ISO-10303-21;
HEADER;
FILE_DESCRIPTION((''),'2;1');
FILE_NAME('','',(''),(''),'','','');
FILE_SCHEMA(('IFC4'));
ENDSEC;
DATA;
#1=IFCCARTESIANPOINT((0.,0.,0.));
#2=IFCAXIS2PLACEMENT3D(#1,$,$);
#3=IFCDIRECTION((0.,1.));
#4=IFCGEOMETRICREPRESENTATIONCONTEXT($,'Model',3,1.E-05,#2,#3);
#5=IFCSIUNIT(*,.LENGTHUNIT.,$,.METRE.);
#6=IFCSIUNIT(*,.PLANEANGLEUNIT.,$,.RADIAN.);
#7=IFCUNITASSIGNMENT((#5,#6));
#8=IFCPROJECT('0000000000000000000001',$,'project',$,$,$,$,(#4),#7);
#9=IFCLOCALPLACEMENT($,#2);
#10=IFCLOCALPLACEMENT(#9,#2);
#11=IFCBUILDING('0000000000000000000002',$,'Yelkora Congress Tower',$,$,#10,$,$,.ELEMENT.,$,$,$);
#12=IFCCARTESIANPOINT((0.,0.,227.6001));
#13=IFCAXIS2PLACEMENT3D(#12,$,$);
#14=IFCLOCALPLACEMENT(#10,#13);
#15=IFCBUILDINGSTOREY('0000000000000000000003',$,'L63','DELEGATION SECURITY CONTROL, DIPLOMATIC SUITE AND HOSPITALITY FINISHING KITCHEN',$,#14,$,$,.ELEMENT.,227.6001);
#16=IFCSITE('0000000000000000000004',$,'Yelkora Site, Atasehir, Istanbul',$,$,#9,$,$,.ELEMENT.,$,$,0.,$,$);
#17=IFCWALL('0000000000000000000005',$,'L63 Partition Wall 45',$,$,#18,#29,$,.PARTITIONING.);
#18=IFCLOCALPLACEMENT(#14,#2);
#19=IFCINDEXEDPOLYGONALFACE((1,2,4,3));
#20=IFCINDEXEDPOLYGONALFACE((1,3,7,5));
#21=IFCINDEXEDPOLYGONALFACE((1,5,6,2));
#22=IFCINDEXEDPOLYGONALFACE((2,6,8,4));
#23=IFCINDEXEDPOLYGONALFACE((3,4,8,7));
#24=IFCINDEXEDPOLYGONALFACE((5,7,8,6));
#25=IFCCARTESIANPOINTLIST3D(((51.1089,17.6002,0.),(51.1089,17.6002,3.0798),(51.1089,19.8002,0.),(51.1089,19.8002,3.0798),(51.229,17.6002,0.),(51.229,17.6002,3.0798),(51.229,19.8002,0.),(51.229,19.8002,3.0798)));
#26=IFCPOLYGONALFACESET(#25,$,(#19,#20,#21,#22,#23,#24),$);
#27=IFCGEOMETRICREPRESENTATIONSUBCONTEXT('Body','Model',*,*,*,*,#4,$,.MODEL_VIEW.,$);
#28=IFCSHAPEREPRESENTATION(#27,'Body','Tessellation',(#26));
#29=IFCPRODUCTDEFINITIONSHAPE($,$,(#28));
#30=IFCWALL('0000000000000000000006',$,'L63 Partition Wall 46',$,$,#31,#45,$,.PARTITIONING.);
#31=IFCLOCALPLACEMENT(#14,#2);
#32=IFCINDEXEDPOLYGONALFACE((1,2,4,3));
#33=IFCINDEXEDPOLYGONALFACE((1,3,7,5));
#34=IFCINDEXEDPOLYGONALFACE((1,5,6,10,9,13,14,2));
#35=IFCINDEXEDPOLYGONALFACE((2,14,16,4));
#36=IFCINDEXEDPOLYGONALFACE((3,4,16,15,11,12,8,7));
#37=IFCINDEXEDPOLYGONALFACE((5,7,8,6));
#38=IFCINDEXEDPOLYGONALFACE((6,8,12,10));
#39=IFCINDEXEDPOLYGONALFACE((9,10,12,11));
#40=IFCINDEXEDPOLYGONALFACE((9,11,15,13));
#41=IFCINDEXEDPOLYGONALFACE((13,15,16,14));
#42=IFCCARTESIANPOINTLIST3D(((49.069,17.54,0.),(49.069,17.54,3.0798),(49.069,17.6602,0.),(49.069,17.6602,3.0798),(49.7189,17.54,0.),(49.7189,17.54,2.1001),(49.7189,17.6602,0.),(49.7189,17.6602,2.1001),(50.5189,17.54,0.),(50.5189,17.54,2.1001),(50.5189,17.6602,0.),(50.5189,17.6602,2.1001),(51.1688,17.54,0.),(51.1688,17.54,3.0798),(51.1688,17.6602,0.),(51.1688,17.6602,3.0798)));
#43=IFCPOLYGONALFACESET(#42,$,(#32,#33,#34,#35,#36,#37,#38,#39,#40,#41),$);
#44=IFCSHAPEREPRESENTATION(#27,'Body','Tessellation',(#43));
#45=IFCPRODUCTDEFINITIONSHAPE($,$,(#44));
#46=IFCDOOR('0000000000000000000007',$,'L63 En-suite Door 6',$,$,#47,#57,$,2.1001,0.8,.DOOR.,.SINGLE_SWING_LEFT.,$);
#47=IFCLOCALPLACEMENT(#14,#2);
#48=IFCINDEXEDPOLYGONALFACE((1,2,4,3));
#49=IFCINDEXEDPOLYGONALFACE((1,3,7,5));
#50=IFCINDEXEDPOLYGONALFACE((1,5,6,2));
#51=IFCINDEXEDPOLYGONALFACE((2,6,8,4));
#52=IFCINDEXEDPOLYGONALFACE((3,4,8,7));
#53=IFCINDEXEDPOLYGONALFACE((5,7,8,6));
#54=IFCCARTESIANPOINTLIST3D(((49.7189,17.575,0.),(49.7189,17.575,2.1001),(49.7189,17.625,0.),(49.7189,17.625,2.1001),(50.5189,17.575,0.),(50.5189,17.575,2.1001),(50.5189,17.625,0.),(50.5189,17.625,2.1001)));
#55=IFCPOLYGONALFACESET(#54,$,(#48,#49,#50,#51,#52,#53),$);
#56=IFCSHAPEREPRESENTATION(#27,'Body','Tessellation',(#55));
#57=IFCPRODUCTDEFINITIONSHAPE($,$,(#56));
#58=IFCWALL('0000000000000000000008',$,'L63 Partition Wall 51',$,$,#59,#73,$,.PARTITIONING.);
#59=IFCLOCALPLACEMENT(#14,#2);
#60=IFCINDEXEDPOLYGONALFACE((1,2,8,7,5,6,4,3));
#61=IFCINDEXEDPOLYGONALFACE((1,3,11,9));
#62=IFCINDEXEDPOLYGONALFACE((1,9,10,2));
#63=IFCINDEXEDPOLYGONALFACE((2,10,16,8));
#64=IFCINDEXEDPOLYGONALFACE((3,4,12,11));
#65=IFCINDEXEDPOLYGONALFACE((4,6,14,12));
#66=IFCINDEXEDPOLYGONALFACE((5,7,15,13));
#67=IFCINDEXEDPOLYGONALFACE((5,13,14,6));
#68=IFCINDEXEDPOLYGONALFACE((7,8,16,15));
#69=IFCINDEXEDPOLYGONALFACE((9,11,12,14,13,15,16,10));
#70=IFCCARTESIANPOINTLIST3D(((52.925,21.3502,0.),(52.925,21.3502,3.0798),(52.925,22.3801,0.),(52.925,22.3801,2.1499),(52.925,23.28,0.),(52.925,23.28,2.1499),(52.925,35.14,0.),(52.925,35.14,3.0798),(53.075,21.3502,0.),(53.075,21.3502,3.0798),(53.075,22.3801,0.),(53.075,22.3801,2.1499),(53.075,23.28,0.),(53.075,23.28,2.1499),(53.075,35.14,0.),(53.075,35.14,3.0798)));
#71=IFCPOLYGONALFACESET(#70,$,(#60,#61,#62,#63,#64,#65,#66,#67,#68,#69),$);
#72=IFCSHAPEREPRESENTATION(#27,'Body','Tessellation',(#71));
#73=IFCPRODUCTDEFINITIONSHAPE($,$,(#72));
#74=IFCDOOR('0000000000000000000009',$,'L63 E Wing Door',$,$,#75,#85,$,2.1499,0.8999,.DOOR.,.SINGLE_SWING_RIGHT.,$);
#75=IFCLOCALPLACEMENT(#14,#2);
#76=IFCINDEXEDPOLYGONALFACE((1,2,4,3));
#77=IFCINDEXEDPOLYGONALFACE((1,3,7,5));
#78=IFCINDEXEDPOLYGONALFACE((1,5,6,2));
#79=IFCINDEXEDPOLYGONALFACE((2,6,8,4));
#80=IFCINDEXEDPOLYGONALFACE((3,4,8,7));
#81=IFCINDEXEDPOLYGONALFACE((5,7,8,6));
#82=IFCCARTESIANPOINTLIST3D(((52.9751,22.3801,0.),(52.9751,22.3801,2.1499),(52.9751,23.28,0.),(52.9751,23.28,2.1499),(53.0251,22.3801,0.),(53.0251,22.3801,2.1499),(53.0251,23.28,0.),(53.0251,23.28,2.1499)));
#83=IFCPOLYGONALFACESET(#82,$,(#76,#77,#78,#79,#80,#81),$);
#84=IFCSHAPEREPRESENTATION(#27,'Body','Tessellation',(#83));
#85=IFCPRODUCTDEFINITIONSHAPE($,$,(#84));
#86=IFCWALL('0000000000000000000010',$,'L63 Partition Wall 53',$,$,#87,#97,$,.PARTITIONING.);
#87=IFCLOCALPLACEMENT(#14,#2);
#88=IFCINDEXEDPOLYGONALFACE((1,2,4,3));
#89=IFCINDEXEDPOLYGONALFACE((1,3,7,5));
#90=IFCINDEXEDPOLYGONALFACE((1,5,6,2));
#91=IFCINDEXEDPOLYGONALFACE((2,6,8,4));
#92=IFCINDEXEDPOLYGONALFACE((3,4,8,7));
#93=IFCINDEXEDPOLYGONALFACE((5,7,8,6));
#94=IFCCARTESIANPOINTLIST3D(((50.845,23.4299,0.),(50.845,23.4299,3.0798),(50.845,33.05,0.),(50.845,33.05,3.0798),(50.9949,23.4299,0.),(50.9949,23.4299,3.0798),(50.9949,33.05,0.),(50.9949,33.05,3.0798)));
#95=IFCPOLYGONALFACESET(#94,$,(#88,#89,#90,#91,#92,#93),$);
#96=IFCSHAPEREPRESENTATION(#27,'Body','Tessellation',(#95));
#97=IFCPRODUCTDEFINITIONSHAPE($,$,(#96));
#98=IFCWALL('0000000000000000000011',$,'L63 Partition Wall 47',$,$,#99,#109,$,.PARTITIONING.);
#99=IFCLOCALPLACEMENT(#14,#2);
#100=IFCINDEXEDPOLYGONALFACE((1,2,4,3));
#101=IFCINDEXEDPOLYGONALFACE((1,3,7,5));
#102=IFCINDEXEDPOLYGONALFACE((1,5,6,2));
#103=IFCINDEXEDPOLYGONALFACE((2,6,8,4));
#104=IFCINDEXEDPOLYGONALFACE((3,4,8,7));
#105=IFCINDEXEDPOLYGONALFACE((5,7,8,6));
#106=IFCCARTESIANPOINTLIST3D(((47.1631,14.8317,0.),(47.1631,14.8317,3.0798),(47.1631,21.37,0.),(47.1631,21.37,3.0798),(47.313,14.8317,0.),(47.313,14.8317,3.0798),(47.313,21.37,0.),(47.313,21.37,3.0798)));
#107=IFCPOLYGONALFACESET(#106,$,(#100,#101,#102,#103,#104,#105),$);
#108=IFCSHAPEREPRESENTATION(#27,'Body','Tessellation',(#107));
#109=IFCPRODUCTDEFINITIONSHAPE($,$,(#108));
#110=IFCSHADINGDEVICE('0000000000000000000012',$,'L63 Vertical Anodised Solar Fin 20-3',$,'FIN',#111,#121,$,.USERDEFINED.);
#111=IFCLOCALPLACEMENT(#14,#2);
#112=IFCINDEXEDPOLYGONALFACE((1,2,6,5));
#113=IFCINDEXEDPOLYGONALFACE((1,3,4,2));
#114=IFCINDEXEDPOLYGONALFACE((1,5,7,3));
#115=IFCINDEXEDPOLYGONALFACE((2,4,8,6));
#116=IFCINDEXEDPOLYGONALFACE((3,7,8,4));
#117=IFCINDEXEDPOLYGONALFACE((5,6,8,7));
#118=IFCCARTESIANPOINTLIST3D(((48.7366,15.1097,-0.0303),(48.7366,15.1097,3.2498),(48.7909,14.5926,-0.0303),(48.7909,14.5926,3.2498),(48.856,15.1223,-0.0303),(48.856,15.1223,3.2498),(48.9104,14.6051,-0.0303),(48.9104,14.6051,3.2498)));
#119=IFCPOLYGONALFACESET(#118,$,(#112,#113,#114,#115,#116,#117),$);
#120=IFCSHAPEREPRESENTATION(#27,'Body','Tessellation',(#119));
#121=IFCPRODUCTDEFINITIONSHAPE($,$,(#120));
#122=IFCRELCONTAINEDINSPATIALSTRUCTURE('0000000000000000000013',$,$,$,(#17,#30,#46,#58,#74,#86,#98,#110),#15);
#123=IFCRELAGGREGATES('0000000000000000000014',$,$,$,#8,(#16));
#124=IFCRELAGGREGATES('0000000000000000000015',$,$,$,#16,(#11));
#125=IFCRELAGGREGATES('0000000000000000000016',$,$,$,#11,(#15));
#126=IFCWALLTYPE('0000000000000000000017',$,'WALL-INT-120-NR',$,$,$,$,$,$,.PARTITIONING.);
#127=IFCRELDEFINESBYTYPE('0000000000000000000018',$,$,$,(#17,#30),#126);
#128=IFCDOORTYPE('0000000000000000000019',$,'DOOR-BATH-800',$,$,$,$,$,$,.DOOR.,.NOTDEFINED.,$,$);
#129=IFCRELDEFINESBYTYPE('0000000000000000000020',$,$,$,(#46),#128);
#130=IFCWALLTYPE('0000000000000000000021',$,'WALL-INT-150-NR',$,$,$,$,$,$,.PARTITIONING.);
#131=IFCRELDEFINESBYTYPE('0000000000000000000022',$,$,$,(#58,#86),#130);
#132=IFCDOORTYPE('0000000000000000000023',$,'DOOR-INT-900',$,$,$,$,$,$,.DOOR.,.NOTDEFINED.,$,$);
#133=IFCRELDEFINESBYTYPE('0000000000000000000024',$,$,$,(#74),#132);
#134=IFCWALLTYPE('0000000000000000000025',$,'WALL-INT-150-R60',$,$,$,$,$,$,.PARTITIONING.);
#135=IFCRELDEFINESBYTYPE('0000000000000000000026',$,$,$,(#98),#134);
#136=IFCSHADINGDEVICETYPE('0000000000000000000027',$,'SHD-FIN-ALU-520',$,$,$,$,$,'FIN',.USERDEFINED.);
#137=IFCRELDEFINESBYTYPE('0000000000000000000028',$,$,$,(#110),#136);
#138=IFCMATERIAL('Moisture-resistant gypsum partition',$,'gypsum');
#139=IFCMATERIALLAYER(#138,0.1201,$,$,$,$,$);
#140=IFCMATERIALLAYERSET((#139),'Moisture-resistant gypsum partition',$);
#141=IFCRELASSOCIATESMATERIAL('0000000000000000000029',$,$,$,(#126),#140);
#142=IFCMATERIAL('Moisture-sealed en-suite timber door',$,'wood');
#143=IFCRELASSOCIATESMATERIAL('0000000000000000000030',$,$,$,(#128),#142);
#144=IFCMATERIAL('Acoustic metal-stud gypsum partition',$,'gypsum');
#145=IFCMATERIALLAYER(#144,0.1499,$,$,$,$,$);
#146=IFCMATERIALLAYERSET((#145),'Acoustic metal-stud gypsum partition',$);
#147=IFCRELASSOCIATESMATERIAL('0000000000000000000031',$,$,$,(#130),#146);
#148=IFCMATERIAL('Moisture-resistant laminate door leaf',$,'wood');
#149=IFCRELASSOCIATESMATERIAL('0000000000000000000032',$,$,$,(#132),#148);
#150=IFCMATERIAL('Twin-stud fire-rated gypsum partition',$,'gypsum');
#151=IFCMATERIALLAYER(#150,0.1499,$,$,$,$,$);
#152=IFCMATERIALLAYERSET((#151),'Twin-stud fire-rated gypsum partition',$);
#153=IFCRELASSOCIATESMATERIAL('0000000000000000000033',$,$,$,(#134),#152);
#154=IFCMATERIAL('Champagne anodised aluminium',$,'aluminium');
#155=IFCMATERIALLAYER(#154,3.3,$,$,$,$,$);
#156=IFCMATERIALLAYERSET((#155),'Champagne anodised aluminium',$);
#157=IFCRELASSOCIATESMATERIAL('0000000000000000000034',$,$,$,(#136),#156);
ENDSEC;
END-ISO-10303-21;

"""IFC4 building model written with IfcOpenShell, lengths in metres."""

from ifc_helpers import new_model, si_unit, direction, frame, frame_2d, origin, origin_2d, place, context, subcontext, project, spatial, rectangle, extrude, material, layer, layer_set, type_object, element, fill, save


model = new_model("IFC4")

# Units and contexts
model_context = context("Model", 3, precision=1e-05, world=origin(), true_north=direction((0.0, 1.0)))
body_context = subcontext(model_context, "Body", "Model", "MODEL_VIEW")
ifc_project = project(units=[si_unit("LENGTHUNIT", "METRE"), si_unit("PLANEANGLEUNIT", "RADIAN")], contexts=[model_context])

# Site, building, storey
site_placement = place(None, origin())
site = spatial("IfcSite", under=ifc_project, at=site_placement, Name="Yelkora Site, Atasehir, Istanbul", CompositionType="ELEMENT", RefElevation=0.0)
building_placement = place(site_placement, origin())
building = spatial("IfcBuilding", under=site, at=building_placement, Name="Yelkora Congress Tower", CompositionType="ELEMENT")
storey_placement = place(building_placement, frame((0.0, 0.0, 227.6001)))
storey = spatial("IfcBuildingStorey", under=building, at=storey_placement, Name="L63", Description="DELEGATION SECURITY CONTROL, DIPLOMATIC SUITE AND HOSPITALITY FINISHING KITCHEN", CompositionType="ELEMENT", Elevation=227.6001)

# Wall
ifc_material_1 = material(Name="Moisture-resistant gypsum partition", Category="gypsum")
ifc_layer_1 = layer(ifc_material_1, 0.1201)
ifc_layer_set_1 = layer_set([ifc_layer_1], Name="Moisture-resistant gypsum partition")
wall_type_1 = type_object("IfcWallType", Name="WALL-INT-120-NR", PredefinedType="PARTITIONING", material=ifc_layer_set_1)
for number, where, z_axis, x_axis, name in (
    (1, (51.1689, 17.6001, 0.0), (0.0, 0.0, 1.0), (0.0, 1.0, 0.0), "L63 Partition Wall 45"),
):
    element("IfcWall", number, at=place(storey_placement, frame(where, z_axis=z_axis, x_axis=x_axis)), inside=storey, type_object=wall_type_1, Name=name, PredefinedType="PARTITIONING", context=body_context, shape_type="SweptSolid", body=[
        extrude(rectangle(XDim=2.2, YDim=0.1201, at=frame_2d((1.1001, 0.0))), origin(), (0.0, 0.0, 1.0), 3.0798),
    ])

# Walls, openings, doors
wall_1_placement = place(storey_placement, frame((49.0691, 17.6001, 0.0), z_axis=(0.0, 0.0, 1.0), x_axis=(1.0, 0.0, 0.0)))
wall_1 = element("IfcWall", 2, at=wall_1_placement, inside=storey, type_object=wall_type_1, Name="L63 Partition Wall 46", PredefinedType="PARTITIONING", context=body_context, shape_type="SweptSolid", body=[
    extrude(rectangle(XDim=2.0999, YDim=0.1201, at=frame_2d((1.0498, 0.0))), origin(), (0.0, 0.0, 1.0), 3.0798),
])
opening_1_placement = place(wall_1_placement, frame((0.6499, 0.0, 0.0)))
opening_1 = element("IfcOpeningElement", 3, at=opening_1_placement, cuts=wall_1, PredefinedType="OPENING", context=body_context, shape_type="SweptSolid", body=[
    extrude(rectangle(XDim=0.8, YDim=2.1001, at=frame_2d((0.3999, 1.05))), frame((0.0, 0.0701, 0.0), z_axis=(0.0, -1.0, 0.0), x_axis=(1.0, 0.0, 0.0)), (0.0, 0.0, 1.0), 0.1401),
])
ifc_material_2 = material(Name="Moisture-sealed en-suite timber door", Category="wood")
door_type_1 = type_object("IfcDoorType", Name="DOOR-BATH-800", OperationType="NOTDEFINED", PredefinedType="DOOR", material=ifc_material_2)
door_1_placement = place(opening_1_placement, origin())
door_1 = element("IfcDoor", 4, at=door_1_placement, inside=storey, type_object=door_type_1, Name="L63 En-suite Door 6", OperationType="SINGLE_SWING_LEFT", OverallHeight=2.1001, OverallWidth=0.8, PredefinedType="DOOR", context=body_context, shape_type="SweptSolid", body=[
    extrude(rectangle(XDim=0.8, YDim=2.1001, at=frame_2d((0.3999, 1.05))), frame((0.0, 0.0249, 0.0), z_axis=(0.0, -1.0, 0.0), x_axis=(1.0, 0.0, 0.0)), (0.0, 0.0, 1.0), 0.05),
])
fill(opening_1, door_1)
ifc_material_3 = material(Name="Acoustic metal-stud gypsum partition", Category="gypsum")
ifc_layer_2 = layer(ifc_material_3, 0.1499)
ifc_layer_set_2 = layer_set([ifc_layer_2], Name="Acoustic metal-stud gypsum partition")
wall_type_2 = type_object("IfcWallType", Name="WALL-INT-150-NR", PredefinedType="PARTITIONING", material=ifc_layer_set_2)
wall_2_placement = place(storey_placement, frame((53.0, 21.3501, 0.0), z_axis=(0.0, 0.0, 1.0), x_axis=(0.0, 1.0, 0.0)))
wall_2 = element("IfcWall", 5, at=wall_2_placement, inside=storey, type_object=wall_type_2, Name="L63 Partition Wall 51", PredefinedType="PARTITIONING", context=body_context, shape_type="SweptSolid", body=[
    extrude(rectangle(XDim=13.7898, YDim=0.1499, at=frame_2d((6.895, 0.0))), origin(), (0.0, 0.0, 1.0), 3.0798),
])
opening_2_placement = place(wall_2_placement, frame((1.03, 0.0, 0.0)))
opening_2 = element("IfcOpeningElement", 6, at=opening_2_placement, cuts=wall_2, PredefinedType="OPENING", context=body_context, shape_type="SweptSolid", body=[
    extrude(rectangle(XDim=0.8999, YDim=2.1499, at=frame_2d((0.45, 1.075))), frame((0.0, 0.085, 0.0), z_axis=(0.0, -1.0, 0.0), x_axis=(1.0, 0.0, 0.0)), (0.0, 0.0, 1.0), 0.1699),
])
ifc_material_4 = material(Name="Moisture-resistant laminate door leaf", Category="wood")
door_type_2 = type_object("IfcDoorType", Name="DOOR-INT-900", OperationType="NOTDEFINED", PredefinedType="DOOR", material=ifc_material_4)
door_2_placement = place(opening_2_placement, origin())
door_2 = element("IfcDoor", 7, at=door_2_placement, inside=storey, type_object=door_type_2, Name="L63 E Wing Door", OperationType="SINGLE_SWING_RIGHT", OverallHeight=2.1499, OverallWidth=0.8999, PredefinedType="DOOR", context=body_context, shape_type="SweptSolid", body=[
    extrude(rectangle(XDim=0.8999, YDim=2.1499, at=frame_2d((0.45, 1.075))), frame((0.0, 0.0249, 0.0), z_axis=(0.0, -1.0, 0.0), x_axis=(1.0, 0.0, 0.0)), (0.0, 0.0, 1.0), 0.05),
])
fill(opening_2, door_2)

# Walls
wall_3_placement = place(storey_placement, frame((50.9199, 23.4299, 0.0), z_axis=(0.0, 0.0, 1.0), x_axis=(0.0, 1.0, 0.0)))
element("IfcWall", 8, at=wall_3_placement, inside=storey, type_object=wall_type_2, Name="L63 Partition Wall 53", PredefinedType="PARTITIONING", context=body_context, shape_type="SweptSolid", body=[
    extrude(rectangle(XDim=9.6201, YDim=0.1499, at=frame_2d((4.8101, 0.0))), origin(), (0.0, 0.0, 1.0), 3.0798),
])
ifc_material_5 = material(Name="Twin-stud fire-rated gypsum partition", Category="gypsum")
ifc_layer_3 = layer(ifc_material_5, 0.1499)
ifc_layer_set_3 = layer_set([ifc_layer_3], Name="Twin-stud fire-rated gypsum partition")
wall_type_3 = type_object("IfcWallType", Name="WALL-INT-150-R60", PredefinedType="PARTITIONING", material=ifc_layer_set_3)
wall_4_placement = place(storey_placement, frame((47.238, 14.8318, 0.0), z_axis=(0.0, 0.0, 1.0), x_axis=(0.0, 1.0, 0.0)))
element("IfcWall", 9, at=wall_4_placement, inside=storey, type_object=wall_type_3, Name="L63 Partition Wall 47", PredefinedType="PARTITIONING", context=body_context, shape_type="SweptSolid", body=[
    extrude(rectangle(XDim=6.5383, YDim=0.1499, at=frame_2d((3.269, 0.0))), origin(), (0.0, 0.0, 1.0), 3.0798),
])

# Shading device
ifc_material_6 = material(Name="Champagne anodised aluminium", Category="aluminium")
ifc_layer_4 = layer(ifc_material_6, 3.3)
ifc_layer_set_4 = layer_set([ifc_layer_4], Name="Champagne anodised aluminium")
shading_device_type = type_object("IfcShadingDeviceType", Name="SHD-FIN-ALU-520", ElementType="FIN", PredefinedType="USERDEFINED", material=ifc_layer_set_4)
shading_device_placement = place(storey_placement, frame((48.8235, 14.8574, -0.0303), z_axis=(0.0, 0.0, 1.0), x_axis=(-0.994522, -0.104528, 0.0)))
element("IfcShadingDevice", 10, at=shading_device_placement, inside=storey, type_object=shading_device_type, Name="L63 Vertical Anodised Solar Fin 20-3", ObjectType="FIN", PredefinedType="USERDEFINED", context=body_context, shape_type="SweptSolid", body=[
    extrude(rectangle(XDim=0.1201, YDim=0.52, at=origin_2d()), origin(), (0.0, 0.0, 1.0), 3.28),
])

save(model, "model.ifc")
